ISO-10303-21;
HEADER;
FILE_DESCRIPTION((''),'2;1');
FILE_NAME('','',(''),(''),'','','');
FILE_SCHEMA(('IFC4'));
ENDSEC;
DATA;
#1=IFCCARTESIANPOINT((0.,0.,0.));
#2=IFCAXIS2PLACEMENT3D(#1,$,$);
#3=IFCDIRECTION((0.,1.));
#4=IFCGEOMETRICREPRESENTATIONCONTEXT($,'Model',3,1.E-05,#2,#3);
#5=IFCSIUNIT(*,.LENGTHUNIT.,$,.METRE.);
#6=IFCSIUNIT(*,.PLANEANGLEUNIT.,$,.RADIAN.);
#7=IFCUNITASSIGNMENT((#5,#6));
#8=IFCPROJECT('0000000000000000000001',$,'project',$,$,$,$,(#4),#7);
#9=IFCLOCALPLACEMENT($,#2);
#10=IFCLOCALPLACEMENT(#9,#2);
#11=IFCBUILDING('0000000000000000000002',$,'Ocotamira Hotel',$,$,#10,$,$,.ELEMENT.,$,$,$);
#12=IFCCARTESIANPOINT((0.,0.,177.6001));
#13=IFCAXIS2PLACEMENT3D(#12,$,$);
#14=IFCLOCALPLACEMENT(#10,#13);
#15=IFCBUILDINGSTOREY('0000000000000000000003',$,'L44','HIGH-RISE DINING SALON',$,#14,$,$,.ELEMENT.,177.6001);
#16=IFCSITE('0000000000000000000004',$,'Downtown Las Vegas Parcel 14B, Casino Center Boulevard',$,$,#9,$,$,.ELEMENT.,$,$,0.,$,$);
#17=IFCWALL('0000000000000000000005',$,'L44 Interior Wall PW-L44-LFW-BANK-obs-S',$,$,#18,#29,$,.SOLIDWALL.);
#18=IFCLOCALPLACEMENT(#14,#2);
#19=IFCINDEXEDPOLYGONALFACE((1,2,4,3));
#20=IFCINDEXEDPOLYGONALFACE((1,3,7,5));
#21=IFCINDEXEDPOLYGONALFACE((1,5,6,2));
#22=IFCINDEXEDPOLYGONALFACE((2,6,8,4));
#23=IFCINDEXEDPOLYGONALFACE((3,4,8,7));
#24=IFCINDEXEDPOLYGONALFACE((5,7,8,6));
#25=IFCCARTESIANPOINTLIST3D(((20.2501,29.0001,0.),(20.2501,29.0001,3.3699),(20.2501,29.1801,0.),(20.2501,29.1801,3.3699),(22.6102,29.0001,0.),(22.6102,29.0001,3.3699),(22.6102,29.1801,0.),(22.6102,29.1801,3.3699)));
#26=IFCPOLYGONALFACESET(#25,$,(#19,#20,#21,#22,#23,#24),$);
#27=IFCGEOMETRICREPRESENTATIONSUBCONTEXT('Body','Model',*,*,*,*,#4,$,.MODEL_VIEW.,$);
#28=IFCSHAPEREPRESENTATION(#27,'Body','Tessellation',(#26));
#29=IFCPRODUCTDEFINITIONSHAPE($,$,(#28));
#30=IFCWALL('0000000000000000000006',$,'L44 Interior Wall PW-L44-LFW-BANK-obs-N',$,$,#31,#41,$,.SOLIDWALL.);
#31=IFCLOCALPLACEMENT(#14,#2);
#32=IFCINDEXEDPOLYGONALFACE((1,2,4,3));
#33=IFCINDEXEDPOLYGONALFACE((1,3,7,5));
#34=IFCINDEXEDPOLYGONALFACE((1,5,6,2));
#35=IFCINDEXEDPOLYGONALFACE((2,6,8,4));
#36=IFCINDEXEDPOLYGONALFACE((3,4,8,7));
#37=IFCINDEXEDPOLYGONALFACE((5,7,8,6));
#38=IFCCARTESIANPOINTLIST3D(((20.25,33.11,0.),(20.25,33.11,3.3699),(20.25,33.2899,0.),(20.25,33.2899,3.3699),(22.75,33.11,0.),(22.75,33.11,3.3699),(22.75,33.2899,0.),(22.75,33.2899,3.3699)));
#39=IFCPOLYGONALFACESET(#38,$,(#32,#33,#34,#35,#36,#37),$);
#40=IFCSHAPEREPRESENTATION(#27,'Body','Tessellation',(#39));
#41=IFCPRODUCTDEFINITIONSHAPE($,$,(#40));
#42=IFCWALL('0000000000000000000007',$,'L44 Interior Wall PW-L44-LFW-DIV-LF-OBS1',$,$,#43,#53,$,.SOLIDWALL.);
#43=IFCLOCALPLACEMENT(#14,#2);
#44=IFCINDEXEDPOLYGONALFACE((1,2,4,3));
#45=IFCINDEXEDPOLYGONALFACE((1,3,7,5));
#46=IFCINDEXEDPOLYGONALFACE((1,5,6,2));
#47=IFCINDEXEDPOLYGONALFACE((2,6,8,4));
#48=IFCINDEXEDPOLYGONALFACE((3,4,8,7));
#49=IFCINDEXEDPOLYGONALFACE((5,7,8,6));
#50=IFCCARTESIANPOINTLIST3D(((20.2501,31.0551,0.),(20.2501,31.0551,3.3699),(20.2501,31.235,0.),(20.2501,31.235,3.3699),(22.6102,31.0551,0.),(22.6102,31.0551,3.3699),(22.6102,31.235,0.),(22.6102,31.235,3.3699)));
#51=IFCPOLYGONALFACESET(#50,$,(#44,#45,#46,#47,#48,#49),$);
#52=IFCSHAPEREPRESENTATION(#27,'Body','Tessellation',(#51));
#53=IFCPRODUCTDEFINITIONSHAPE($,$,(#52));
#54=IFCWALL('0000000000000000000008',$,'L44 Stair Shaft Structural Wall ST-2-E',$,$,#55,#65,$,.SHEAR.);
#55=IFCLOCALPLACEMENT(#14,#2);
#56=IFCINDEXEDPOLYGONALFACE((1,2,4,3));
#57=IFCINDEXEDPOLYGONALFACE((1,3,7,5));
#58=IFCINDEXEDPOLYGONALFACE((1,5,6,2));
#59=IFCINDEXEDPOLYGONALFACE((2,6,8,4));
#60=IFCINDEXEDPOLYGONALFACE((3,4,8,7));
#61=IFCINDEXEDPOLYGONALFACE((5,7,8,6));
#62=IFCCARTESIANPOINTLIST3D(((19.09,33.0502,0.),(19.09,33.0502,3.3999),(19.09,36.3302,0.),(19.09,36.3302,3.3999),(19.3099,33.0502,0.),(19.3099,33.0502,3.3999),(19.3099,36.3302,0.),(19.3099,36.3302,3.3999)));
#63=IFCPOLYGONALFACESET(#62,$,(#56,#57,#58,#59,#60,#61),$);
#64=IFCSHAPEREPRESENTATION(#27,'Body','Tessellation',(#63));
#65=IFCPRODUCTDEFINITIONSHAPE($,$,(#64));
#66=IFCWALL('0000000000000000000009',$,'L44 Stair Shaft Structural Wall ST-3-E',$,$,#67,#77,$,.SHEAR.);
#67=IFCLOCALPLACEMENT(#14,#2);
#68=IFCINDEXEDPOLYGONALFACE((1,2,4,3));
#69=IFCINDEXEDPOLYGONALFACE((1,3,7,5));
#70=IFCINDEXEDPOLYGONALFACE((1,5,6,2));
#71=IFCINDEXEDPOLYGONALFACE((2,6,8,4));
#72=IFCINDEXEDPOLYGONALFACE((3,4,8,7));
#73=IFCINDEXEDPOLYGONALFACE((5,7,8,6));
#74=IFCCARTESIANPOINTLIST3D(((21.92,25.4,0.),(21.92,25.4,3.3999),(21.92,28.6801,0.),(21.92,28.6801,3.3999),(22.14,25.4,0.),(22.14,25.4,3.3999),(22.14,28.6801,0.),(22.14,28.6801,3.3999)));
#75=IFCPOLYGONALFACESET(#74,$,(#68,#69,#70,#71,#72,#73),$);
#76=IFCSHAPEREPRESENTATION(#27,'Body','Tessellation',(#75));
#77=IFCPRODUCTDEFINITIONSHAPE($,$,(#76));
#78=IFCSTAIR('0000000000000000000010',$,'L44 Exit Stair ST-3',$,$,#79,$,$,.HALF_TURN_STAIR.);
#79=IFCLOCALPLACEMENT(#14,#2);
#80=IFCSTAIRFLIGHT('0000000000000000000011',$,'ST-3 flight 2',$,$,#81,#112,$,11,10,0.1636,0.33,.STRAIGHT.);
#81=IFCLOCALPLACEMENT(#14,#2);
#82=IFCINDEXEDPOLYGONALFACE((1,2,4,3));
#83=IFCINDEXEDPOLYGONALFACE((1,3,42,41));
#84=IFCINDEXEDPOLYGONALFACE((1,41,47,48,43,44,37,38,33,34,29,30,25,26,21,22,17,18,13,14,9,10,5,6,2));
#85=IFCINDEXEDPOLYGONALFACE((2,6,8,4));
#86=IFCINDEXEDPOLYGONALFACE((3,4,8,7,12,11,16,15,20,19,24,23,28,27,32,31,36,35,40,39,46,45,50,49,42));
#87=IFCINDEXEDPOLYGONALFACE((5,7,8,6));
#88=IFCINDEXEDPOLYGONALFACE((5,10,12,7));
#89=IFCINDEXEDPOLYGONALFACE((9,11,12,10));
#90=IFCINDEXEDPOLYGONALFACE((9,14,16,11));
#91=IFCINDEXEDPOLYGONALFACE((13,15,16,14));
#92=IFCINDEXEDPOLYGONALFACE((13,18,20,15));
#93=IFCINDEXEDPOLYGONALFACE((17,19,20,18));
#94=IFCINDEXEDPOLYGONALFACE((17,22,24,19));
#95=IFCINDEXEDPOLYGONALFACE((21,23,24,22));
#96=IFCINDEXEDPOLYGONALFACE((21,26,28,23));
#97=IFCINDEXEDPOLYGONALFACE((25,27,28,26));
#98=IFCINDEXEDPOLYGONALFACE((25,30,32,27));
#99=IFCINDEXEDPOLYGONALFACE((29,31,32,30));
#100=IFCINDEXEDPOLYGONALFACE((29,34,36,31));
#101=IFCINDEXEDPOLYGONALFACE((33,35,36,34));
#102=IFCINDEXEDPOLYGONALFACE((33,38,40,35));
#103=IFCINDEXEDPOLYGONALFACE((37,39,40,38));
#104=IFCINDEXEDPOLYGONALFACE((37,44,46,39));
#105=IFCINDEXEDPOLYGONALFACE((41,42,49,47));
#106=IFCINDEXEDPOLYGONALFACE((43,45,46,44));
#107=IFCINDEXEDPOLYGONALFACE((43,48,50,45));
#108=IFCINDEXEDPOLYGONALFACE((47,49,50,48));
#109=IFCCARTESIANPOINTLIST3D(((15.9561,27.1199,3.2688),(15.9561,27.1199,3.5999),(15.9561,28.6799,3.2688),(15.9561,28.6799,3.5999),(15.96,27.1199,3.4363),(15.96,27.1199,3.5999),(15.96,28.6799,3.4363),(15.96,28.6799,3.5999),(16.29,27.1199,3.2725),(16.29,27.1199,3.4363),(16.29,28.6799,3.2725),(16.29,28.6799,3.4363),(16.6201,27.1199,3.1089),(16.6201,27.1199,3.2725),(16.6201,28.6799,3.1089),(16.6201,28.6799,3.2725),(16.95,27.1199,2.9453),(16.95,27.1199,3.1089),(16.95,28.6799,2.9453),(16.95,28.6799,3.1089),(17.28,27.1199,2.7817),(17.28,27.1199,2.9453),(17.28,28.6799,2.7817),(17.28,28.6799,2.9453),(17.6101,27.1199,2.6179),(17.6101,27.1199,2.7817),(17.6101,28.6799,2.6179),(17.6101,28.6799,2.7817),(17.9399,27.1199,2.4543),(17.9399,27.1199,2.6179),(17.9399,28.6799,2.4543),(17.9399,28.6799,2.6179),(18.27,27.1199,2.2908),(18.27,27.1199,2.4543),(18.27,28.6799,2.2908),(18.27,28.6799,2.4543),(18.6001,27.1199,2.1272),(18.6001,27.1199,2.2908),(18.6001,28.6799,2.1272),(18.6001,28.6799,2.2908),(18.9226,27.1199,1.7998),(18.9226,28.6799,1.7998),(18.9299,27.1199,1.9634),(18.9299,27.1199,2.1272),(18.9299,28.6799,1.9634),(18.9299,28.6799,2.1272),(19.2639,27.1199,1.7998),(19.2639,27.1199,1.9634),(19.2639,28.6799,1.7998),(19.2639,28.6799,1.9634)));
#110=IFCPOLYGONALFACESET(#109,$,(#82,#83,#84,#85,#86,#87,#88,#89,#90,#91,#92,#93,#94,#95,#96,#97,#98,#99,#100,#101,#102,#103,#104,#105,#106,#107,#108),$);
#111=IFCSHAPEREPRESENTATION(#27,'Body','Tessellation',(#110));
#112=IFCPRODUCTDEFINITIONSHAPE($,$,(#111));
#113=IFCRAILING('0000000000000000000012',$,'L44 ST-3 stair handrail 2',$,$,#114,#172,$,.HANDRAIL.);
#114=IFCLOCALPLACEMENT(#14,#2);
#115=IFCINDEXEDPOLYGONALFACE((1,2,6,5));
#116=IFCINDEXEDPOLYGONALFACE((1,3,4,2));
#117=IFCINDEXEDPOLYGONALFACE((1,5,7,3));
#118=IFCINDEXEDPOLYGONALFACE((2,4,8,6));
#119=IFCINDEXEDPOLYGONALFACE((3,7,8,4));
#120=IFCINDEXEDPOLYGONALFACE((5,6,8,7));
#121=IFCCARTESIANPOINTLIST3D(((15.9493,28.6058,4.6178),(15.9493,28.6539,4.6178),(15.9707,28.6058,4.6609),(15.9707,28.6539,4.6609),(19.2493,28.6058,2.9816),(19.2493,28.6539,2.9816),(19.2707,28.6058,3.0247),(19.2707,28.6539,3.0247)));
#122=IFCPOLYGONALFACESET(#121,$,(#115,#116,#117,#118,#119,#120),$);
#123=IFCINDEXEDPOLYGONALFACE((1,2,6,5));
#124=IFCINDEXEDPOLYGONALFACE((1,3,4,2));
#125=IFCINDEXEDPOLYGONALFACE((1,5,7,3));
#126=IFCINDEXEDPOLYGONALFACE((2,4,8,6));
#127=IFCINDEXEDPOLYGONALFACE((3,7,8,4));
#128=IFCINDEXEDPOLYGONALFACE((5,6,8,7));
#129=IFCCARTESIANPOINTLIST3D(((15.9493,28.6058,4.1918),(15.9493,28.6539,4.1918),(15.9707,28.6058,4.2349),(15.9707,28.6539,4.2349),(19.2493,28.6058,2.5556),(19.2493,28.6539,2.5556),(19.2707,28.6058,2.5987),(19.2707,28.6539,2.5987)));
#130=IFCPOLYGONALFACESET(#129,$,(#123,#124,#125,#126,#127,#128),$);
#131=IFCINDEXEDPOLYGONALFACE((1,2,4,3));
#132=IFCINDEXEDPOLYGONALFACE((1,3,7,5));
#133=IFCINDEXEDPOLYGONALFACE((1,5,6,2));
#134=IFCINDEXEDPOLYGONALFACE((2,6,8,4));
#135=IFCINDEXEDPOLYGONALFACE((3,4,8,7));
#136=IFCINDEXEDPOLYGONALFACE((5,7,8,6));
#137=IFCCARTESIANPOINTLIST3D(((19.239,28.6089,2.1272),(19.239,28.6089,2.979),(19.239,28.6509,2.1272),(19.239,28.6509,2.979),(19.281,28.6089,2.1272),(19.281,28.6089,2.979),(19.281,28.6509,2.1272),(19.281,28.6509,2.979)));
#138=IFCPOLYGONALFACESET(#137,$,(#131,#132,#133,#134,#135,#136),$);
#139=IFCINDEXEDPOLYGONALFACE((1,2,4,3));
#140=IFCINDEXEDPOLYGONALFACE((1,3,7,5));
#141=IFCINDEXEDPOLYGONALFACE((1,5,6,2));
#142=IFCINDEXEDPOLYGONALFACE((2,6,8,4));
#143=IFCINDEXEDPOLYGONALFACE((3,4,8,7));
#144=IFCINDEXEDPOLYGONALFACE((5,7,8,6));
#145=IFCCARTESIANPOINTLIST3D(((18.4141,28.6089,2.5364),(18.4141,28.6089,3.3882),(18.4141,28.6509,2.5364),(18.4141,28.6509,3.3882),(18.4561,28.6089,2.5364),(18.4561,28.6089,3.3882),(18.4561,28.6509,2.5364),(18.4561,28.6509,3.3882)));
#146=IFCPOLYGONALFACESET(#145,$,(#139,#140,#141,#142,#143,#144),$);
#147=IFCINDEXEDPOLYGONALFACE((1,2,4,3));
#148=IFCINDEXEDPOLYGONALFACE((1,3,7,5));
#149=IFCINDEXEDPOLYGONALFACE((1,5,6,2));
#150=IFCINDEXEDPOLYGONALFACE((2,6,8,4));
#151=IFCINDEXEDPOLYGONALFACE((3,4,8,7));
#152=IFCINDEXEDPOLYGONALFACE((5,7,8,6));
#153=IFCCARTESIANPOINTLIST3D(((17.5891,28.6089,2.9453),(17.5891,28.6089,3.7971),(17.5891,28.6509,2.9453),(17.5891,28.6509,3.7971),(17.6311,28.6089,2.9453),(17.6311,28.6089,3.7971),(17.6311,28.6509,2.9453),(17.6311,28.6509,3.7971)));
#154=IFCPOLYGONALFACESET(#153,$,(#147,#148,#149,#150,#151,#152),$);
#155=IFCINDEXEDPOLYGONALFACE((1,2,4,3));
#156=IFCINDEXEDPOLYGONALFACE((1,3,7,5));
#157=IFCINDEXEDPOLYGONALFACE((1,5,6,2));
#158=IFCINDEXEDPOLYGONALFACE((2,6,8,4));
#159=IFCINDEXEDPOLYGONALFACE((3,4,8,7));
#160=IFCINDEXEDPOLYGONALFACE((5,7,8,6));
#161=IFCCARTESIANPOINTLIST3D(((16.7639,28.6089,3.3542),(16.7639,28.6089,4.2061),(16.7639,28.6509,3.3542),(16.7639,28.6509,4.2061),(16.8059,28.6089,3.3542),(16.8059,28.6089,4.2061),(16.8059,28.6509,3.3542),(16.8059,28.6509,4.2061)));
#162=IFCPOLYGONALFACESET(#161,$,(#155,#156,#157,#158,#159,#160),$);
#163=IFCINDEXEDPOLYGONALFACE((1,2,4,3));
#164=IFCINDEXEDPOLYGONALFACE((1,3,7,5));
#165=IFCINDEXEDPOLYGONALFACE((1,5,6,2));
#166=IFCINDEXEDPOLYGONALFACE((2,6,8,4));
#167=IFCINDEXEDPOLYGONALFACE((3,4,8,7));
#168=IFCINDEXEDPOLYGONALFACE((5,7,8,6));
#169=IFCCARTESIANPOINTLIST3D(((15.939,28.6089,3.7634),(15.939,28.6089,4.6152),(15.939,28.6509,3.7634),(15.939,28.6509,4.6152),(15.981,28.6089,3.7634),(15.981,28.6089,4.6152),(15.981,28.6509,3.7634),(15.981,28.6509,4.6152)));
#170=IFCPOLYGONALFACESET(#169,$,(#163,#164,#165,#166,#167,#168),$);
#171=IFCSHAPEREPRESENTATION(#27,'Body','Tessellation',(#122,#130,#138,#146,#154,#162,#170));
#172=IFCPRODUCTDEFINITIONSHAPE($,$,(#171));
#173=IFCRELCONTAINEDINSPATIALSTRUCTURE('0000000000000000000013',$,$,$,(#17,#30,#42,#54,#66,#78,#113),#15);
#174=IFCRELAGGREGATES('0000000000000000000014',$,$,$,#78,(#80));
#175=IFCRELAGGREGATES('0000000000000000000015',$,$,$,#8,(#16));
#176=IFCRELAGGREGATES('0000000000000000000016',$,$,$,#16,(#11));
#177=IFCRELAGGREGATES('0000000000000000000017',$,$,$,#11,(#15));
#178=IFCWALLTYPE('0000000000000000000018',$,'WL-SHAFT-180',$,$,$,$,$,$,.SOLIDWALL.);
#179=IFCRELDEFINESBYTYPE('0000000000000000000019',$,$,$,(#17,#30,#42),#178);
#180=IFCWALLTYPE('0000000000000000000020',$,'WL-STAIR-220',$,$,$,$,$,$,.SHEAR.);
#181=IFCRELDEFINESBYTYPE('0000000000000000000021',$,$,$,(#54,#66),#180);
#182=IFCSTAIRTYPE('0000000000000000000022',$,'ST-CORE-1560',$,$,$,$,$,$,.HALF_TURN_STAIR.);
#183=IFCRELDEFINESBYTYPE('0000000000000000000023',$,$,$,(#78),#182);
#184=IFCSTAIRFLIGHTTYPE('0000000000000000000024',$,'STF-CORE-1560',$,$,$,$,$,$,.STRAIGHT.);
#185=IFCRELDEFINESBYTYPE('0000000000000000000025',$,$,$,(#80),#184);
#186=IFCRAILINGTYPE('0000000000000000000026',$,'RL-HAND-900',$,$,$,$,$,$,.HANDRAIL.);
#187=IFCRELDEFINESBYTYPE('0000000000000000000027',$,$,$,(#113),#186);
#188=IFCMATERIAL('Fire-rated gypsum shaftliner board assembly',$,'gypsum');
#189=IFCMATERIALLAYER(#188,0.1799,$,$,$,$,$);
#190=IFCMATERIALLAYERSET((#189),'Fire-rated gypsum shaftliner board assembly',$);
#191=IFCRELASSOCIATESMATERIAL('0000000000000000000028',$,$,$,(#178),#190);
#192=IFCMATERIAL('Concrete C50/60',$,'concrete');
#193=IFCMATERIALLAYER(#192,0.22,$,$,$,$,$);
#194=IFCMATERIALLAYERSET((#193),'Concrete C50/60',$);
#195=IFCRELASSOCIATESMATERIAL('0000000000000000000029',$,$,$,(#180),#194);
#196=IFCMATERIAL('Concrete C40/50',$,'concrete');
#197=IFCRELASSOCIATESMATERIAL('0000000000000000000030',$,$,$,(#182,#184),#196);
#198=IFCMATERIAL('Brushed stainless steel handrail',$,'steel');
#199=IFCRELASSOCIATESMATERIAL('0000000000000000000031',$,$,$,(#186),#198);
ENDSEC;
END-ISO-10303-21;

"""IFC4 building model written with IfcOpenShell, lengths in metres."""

from ifc_helpers import new_model, si_unit, direction, frame, frame_2d, origin, origin_2d, place, context, subcontext, project, spatial, polyline, rectangle, outline, extrude, source, transform, mapped, material, layer, layer_set, type_object, element, aggregate, save


model = new_model("IFC4")

# Units and contexts
model_context = context("Model", 3, precision=1e-05, world=origin(), true_north=direction((0.0, 1.0)))
body_context = subcontext(model_context, "Body", "Model", "MODEL_VIEW")
ifc_project = project(units=[si_unit("LENGTHUNIT", "METRE"), si_unit("PLANEANGLEUNIT", "RADIAN")], contexts=[model_context])

# Site, building, storey
site_placement = place(None, origin())
site = spatial("IfcSite", under=ifc_project, at=site_placement, Name="Downtown Las Vegas Parcel 14B, Casino Center Boulevard", CompositionType="ELEMENT", RefElevation=0.0)
building_placement = place(site_placement, origin())
building = spatial("IfcBuilding", under=site, at=building_placement, Name="Ocotamira Hotel", CompositionType="ELEMENT")
storey_placement = place(building_placement, frame((0.0, 0.0, 177.6001)))
storey = spatial("IfcBuildingStorey", under=building, at=storey_placement, Name="L44", Description="HIGH-RISE DINING SALON", CompositionType="ELEMENT", Elevation=177.6001)

# Walls
ifc_material_1 = material(Name="Fire-rated gypsum shaftliner board assembly", Category="gypsum")
ifc_layer_1 = layer(ifc_material_1, 0.1799)
ifc_layer_set_1 = layer_set([ifc_layer_1], Name="Fire-rated gypsum shaftliner board assembly")
wall_type_1 = type_object("IfcWallType", Name="WL-SHAFT-180", PredefinedType="SOLIDWALL", material=ifc_layer_set_1)
wall_1_placement = place(storey_placement, frame((20.25, 29.0901, 0.0), z_axis=(0.0, 0.0, 1.0), x_axis=(1.0, 0.0, 0.0)))
element("IfcWall", 1, at=wall_1_placement, inside=storey, type_object=wall_type_1, Name="L44 Interior Wall PW-L44-LFW-BANK-obs-S", PredefinedType="SOLIDWALL", context=body_context, shape_type="SweptSolid", body=[
    extrude(rectangle(XDim=2.3601, YDim=0.1799, at=frame_2d((1.1802, 0.0))), origin(), (0.0, 0.0, 1.0), 3.3699),
])
wall_2_placement = place(storey_placement, frame((20.25, 33.2, 0.0), z_axis=(0.0, 0.0, 1.0), x_axis=(1.0, 0.0, 0.0)))
element("IfcWall", 2, at=wall_2_placement, inside=storey, type_object=wall_type_1, Name="L44 Interior Wall PW-L44-LFW-BANK-obs-N", PredefinedType="SOLIDWALL", context=body_context, shape_type="SweptSolid", body=[
    extrude(rectangle(XDim=2.5, YDim=0.1799, at=frame_2d((1.25, 0.0))), origin(), (0.0, 0.0, 1.0), 3.3699),
])
wall_3_placement = place(storey_placement, frame((20.25, 31.145, 0.0), z_axis=(0.0, 0.0, 1.0), x_axis=(1.0, 0.0, 0.0)))
element("IfcWall", 3, at=wall_3_placement, inside=storey, type_object=wall_type_1, Name="L44 Interior Wall PW-L44-LFW-DIV-LF-OBS1", PredefinedType="SOLIDWALL", context=body_context, shape_type="SweptSolid", body=[
    extrude(rectangle(XDim=2.3601, YDim=0.1799, at=frame_2d((1.1802, 0.0))), origin(), (0.0, 0.0, 1.0), 3.3699),
])
ifc_material_2 = material(Name="Concrete C50/60", Category="concrete")
ifc_layer_2 = layer(ifc_material_2, 0.22)
ifc_layer_set_2 = layer_set([ifc_layer_2], Name="Concrete C50/60")
wall_type_2 = type_object("IfcWallType", Name="WL-STAIR-220", PredefinedType="SHEAR", material=ifc_layer_set_2)
for number, where, z_axis, x_axis, name in (
    (4, (19.2, 33.05, 0.0), (0.0, 0.0, 1.0), (0.0, 1.0, 0.0), "L44 Stair Shaft Structural Wall ST-2-E"),
    (5, (22.03, 25.3999, 0.0), (0.0, 0.0, 1.0), (0.0, 1.0, 0.0), "L44 Stair Shaft Structural Wall ST-3-E"),
):
    element("IfcWall", number, at=place(storey_placement, frame(where, z_axis=z_axis, x_axis=x_axis)), inside=storey, type_object=wall_type_2, Name=name, PredefinedType="SHEAR", context=body_context, shape_type="SweptSolid", body=[
        extrude(rectangle(XDim=3.28, YDim=0.22, at=frame_2d((1.6401, 0.0))), origin(), (0.0, 0.0, 1.0), 3.3999),
    ])

# Stair, stair flight
ifc_material_3 = material(Name="Concrete C40/50", Category="concrete")
stair_type = type_object("IfcStairType", Name="ST-CORE-1560", PredefinedType="HALF_TURN_STAIR", material=ifc_material_3)
stair_placement = place(storey_placement, origin())
stair = element("IfcStair", 6, at=stair_placement, inside=storey, type_object=stair_type, Name="L44 Exit Stair ST-3", PredefinedType="HALF_TURN_STAIR")
stair_flight_type = type_object("IfcStairFlightType", Name="STF-CORE-1560", PredefinedType="STRAIGHT", material=ifc_material_3)
shared_shape_1 = source(origin(), body_context, "Body", "SweptSolid", [
    extrude(outline(polyline([(-0.0039, 0.0), (-0.0039, 0.1636), (0.3301, 0.1636), (0.3301, 0.3274), (0.6599, 0.3274), (0.6599, 0.491), (0.99, 0.491), (0.99, 0.6545), (1.3201, 0.6545), (1.3201, 0.8181), (1.6499, 0.8181), (1.6499, 0.9819), (1.98, 0.9819), (1.98, 1.1455), (2.3101, 1.1455), (2.3101, 1.3091), (2.6399, 1.3091), (2.6399, 1.4727), (2.97, 1.4727), (2.97, 1.6365), (3.3, 1.6365), (3.3, 1.8), (3.304, 1.8), (3.304, 1.469), (0.3374, 0.0), (-0.0039, 0.0)])), frame((0.0, 0.78, 0.0), z_axis=(0.0, -1.0, 0.0), x_axis=(1.0, 0.0, 0.0)), (0.0, 0.0, 1.0), 1.5601),
])
stair_flight_placement = place(storey_placement, frame((19.26, 27.8999, 1.7998), z_axis=(0.0, 0.0, 1.0), x_axis=(-1.0, 0.0, 0.0)))
stair_flight = element("IfcStairFlight", 7, at=stair_flight_placement, type_object=stair_flight_type, Name="ST-3 flight 2", NumberOfRisers=11, NumberOfTreads=10, PredefinedType="STRAIGHT", RiserHeight=0.1636, TreadLength=0.33, context=body_context, shape_type="MappedRepresentation", body=[
    mapped(shared_shape_1, transform((0.0, 0.0, 0.0), scale=1.0)),
])
aggregate(stair, [stair_flight])

# Railing
ifc_material_4 = material(Name="Brushed stainless steel handrail", Category="steel")
railing_type_1 = type_object("IfcRailingType", Name="RL-HAND-900", PredefinedType="HANDRAIL", material=ifc_material_4)
railing_1_placement = place(storey_placement, frame((19.26, 28.6299, 2.1272)))
element("IfcRailing", 8, at=railing_1_placement, inside=storey, type_object=railing_type_1, Name="L44 ST-3 stair handrail 2", PredefinedType="HANDRAIL", context=body_context, shape_type="SweptSolid", body=[
    extrude(rectangle(XDim=0.0481, YDim=0.0481, at=origin_2d()), frame((0.0, 0.0, 0.876), z_axis=(-0.89592, 0.0, 0.444215), x_axis=(0.0, -1.0, 0.0)), (0.0, 0.0, 1.0), 3.6833),
    extrude(rectangle(XDim=0.0481, YDim=0.0481, at=origin_2d()), frame((0.0, 0.0, 0.45), z_axis=(-0.89592, 0.0, 0.444215), x_axis=(0.0, -1.0, 0.0)), (0.0, 0.0, 1.0), 3.6833),
    extrude(rectangle(XDim=0.042, YDim=0.042, at=origin_2d()), origin(), (0.0, 0.0, 1.0), 0.8518),
    extrude(rectangle(XDim=0.042, YDim=0.042, at=origin_2d()), frame((-0.825, 0.0, 0.4092)), (0.0, 0.0, 1.0), 0.8518),
    extrude(rectangle(XDim=0.042, YDim=0.042, at=origin_2d()), frame((-1.6499, 0.0, 0.8181)), (0.0, 0.0, 1.0), 0.8518),
    extrude(rectangle(XDim=0.042, YDim=0.042, at=origin_2d()), frame((-2.4751, 0.0, 1.2271)), (0.0, 0.0, 1.0), 0.8518),
    extrude(rectangle(XDim=0.042, YDim=0.042, at=origin_2d()), frame((-3.3, 0.0, 1.6362)), (0.0, 0.0, 1.0), 0.8518),
])

save(model, "model.ifc")
